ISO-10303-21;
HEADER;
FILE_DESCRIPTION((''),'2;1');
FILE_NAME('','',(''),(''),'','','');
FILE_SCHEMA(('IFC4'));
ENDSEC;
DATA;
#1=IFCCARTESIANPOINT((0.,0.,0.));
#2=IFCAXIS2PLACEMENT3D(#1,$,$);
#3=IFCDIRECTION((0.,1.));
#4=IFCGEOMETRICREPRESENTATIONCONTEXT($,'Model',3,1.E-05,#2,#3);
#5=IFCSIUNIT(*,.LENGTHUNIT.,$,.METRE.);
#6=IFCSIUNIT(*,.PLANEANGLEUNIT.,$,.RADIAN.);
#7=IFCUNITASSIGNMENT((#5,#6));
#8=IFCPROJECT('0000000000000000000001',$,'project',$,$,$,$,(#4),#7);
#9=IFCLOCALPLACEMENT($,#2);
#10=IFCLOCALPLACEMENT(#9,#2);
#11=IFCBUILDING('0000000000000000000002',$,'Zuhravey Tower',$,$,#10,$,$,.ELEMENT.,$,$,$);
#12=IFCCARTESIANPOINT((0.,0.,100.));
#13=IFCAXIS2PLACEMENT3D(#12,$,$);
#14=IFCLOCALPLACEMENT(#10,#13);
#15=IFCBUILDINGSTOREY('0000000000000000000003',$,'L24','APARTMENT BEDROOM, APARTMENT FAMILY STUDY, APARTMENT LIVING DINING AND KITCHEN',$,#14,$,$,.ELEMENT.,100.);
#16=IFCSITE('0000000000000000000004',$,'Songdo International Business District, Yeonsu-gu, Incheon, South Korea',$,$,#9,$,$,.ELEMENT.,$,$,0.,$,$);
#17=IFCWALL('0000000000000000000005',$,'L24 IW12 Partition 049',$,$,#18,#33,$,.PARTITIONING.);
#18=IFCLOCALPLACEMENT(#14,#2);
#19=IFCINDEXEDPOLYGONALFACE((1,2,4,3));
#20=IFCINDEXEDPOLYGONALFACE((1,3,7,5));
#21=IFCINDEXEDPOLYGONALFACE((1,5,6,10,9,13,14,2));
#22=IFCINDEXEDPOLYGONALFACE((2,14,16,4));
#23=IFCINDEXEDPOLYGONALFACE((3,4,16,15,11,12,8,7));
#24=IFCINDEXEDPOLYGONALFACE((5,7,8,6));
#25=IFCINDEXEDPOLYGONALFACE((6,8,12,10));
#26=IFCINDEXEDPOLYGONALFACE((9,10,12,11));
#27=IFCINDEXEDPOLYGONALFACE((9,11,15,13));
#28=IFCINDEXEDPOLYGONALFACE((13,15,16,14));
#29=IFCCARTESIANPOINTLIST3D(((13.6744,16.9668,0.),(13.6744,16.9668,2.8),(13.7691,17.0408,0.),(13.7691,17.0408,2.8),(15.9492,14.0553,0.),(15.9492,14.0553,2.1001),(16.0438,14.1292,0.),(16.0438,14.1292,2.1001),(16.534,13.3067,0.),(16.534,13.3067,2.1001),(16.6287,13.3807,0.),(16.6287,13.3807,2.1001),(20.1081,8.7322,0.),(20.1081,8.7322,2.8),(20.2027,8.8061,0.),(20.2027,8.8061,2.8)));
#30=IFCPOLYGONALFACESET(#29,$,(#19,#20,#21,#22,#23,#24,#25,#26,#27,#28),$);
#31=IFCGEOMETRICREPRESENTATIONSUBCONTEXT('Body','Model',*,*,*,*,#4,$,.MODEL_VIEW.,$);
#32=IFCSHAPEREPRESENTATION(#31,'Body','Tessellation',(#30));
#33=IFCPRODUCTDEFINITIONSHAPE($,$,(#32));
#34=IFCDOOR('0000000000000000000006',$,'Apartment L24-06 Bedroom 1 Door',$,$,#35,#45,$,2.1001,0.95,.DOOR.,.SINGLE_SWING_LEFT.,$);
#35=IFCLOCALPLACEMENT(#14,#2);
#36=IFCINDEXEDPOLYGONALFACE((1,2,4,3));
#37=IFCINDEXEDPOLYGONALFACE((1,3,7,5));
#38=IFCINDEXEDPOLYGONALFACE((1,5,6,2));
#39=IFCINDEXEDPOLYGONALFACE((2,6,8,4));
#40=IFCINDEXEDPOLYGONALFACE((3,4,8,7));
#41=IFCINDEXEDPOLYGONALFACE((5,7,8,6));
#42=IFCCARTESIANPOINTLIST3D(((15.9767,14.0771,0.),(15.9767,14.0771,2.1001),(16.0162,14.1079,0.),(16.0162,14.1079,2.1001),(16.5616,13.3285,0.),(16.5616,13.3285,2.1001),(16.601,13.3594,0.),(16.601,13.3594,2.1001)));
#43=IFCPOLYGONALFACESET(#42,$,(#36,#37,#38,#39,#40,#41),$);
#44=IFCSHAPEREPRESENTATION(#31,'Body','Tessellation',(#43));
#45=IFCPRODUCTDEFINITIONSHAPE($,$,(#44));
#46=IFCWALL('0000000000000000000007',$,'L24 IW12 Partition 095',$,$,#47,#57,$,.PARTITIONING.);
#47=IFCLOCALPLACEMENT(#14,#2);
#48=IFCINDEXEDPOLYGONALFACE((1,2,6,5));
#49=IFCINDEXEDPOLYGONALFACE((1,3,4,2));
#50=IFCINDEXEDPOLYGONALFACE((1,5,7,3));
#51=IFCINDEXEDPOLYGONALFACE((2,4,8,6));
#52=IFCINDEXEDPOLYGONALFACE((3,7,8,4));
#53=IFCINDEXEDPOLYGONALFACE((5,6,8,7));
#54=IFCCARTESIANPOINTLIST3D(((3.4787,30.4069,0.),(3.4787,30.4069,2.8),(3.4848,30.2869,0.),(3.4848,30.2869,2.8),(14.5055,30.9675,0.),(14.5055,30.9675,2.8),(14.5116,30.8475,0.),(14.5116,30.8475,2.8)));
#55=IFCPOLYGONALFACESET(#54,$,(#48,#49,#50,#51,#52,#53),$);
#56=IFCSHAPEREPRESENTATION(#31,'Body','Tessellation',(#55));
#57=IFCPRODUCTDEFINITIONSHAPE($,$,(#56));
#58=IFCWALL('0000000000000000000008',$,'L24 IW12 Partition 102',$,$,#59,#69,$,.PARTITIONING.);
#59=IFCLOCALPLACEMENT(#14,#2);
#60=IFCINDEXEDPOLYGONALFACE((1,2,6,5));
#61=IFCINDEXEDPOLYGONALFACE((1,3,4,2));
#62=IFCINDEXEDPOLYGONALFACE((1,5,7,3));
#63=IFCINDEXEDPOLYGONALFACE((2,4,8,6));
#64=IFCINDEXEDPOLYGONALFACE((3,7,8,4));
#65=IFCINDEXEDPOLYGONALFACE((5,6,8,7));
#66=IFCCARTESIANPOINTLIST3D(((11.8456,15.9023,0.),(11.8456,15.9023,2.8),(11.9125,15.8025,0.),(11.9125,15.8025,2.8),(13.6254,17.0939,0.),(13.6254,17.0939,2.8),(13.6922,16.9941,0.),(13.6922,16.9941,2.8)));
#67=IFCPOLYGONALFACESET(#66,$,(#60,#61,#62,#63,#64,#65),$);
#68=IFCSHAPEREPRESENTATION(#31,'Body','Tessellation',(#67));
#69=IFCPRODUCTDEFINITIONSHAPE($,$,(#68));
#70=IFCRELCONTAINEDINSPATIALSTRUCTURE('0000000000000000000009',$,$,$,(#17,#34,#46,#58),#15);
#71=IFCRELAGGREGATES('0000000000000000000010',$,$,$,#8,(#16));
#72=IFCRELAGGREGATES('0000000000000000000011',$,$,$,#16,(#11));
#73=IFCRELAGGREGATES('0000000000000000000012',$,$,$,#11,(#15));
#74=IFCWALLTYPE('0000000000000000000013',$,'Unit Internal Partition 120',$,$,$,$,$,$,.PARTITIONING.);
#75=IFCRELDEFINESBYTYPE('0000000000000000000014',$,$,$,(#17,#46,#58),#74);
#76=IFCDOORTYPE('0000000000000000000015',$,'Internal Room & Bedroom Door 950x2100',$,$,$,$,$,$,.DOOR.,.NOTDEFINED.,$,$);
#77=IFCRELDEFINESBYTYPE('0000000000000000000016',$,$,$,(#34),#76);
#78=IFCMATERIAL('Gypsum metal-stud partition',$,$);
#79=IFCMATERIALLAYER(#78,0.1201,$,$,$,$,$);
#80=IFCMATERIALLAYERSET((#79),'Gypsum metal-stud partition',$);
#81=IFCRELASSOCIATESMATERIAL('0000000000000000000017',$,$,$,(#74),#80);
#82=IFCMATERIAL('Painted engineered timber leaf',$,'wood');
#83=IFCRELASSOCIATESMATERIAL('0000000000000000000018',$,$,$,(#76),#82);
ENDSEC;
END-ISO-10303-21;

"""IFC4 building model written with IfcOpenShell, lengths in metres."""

from ifc_helpers import new_model, si_unit, direction, frame, frame_2d, origin, place, context, subcontext, project, spatial, rectangle, extrude, material, layer, layer_set, type_object, element, fill, save


model = new_model("IFC4")

# Units and contexts
model_context = context("Model", 3, precision=1e-05, world=origin(), true_north=direction((0.0, 1.0)))
body_context = subcontext(model_context, "Body", "Model", "MODEL_VIEW")
ifc_project = project(units=[si_unit("LENGTHUNIT", "METRE"), si_unit("PLANEANGLEUNIT", "RADIAN")], contexts=[model_context])

# Site, building, storey
site_placement = place(None, origin())
site = spatial("IfcSite", under=ifc_project, at=site_placement, Name="Songdo International Business District, Yeonsu-gu, Incheon, South Korea", CompositionType="ELEMENT", RefElevation=0.0)
building_placement = place(site_placement, origin())
building = spatial("IfcBuilding", under=site, at=building_placement, Name="Zuhravey Tower", CompositionType="ELEMENT")
storey_placement = place(building_placement, frame((0.0, 0.0, 100.0)))
storey = spatial("IfcBuildingStorey", under=building, at=storey_placement, Name="L24", Description="APARTMENT BEDROOM, APARTMENT FAMILY STUDY, APARTMENT LIVING DINING AND KITCHEN", CompositionType="ELEMENT", Elevation=100.0)

# Shared definitions
ifc_material_1 = material(Name="Gypsum metal-stud partition")
ifc_layer_1 = layer(ifc_material_1, 0.1201)
ifc_layer_set_1 = layer_set([ifc_layer_1], Name="Gypsum metal-stud partition")
wall_type_1 = type_object("IfcWallType", Name="Unit Internal Partition 120", PredefinedType="PARTITIONING", material=ifc_layer_set_1)

# Wall, opening, door
wall_1_placement = place(storey_placement, frame((13.7217, 17.0039, 0.0), z_axis=(0.0, 0.0, 1.0), x_axis=(0.615662, -0.788011, 0.0)))
wall_1 = element("IfcWall", 1, at=wall_1_placement, inside=storey, type_object=wall_type_1, Name="L24 IW12 Partition 049", PredefinedType="PARTITIONING", context=body_context, shape_type="SweptSolid", body=[
    extrude(rectangle(XDim=10.45, YDim=0.1201, at=frame_2d((5.2251, 0.0))), origin(), (0.0, 0.0, 1.0), 2.8),
])
opening_1_placement = place(wall_1_placement, frame((3.6948, 0.0, 0.0)))
opening_1 = element("IfcOpeningElement", 2, at=opening_1_placement, cuts=wall_1, PredefinedType="OPENING", context=body_context, shape_type="SweptSolid", body=[
    extrude(rectangle(XDim=0.95, YDim=2.1001, at=frame_2d((0.4751, 1.05))), frame((0.0, 0.072, 0.0), z_axis=(0.0, -1.0, 0.0), x_axis=(1.0, 0.0, 0.0)), (0.0, 0.0, 1.0), 0.144),
])
ifc_material_2 = material(Name="Painted engineered timber leaf", Category="wood")
door_type_1 = type_object("IfcDoorType", Name="Internal Room & Bedroom Door 950x2100", OperationType="NOTDEFINED", PredefinedType="DOOR", material=ifc_material_2)
door_1_placement = place(opening_1_placement, frame((0.95, 0.0, 0.0), z_axis=(0.0, 0.0, 1.0), x_axis=(-1.0, 0.0, 0.0)))
door_1 = element("IfcDoor", 3, at=door_1_placement, inside=storey, type_object=door_type_1, Name="Apartment L24-06 Bedroom 1 Door", OperationType="SINGLE_SWING_LEFT", OverallHeight=2.1001, OverallWidth=0.95, PredefinedType="DOOR", context=body_context, shape_type="SweptSolid", body=[
    extrude(rectangle(XDim=0.95, YDim=2.1001, at=frame_2d((0.4751, 1.05))), frame((0.0, 0.0249, 0.0), z_axis=(0.0, -1.0, 0.0), x_axis=(1.0, 0.0, 0.0)), (0.0, 0.0, 1.0), 0.05),
])
fill(opening_1, door_1)

# Walls
wall_2_placement = place(storey_placement, frame((14.5085, 30.9075, 0.0), z_axis=(0.0, 0.0, 1.0), x_axis=(-0.99871, -0.050769, 0.0)))
element("IfcWall", 4, at=wall_2_placement, inside=storey, type_object=wall_type_1, Name="L24 IW12 Partition 095", PredefinedType="PARTITIONING", context=body_context, shape_type="SweptSolid", body=[
    extrude(rectangle(XDim=11.041, YDim=0.1201, at=frame_2d((5.5205, 0.0))), origin(), (0.0, 0.0, 1.0), 2.8),
])
wall_3_placement = place(storey_placement, frame((13.6587, 17.0439, 0.0), z_axis=(0.0, 0.0, 1.0), x_axis=(-0.830944, -0.556356, 0.0)))
element("IfcWall", 5, at=wall_3_placement, inside=storey, type_object=wall_type_1, Name="L24 IW12 Partition 102", PredefinedType="PARTITIONING", context=body_context, shape_type="SweptSolid", body=[
    extrude(rectangle(XDim=2.1418, YDim=0.1201, at=frame_2d((1.0708, 0.0))), origin(), (0.0, 0.0, 1.0), 2.8),
])

save(model, "model.ifc")
